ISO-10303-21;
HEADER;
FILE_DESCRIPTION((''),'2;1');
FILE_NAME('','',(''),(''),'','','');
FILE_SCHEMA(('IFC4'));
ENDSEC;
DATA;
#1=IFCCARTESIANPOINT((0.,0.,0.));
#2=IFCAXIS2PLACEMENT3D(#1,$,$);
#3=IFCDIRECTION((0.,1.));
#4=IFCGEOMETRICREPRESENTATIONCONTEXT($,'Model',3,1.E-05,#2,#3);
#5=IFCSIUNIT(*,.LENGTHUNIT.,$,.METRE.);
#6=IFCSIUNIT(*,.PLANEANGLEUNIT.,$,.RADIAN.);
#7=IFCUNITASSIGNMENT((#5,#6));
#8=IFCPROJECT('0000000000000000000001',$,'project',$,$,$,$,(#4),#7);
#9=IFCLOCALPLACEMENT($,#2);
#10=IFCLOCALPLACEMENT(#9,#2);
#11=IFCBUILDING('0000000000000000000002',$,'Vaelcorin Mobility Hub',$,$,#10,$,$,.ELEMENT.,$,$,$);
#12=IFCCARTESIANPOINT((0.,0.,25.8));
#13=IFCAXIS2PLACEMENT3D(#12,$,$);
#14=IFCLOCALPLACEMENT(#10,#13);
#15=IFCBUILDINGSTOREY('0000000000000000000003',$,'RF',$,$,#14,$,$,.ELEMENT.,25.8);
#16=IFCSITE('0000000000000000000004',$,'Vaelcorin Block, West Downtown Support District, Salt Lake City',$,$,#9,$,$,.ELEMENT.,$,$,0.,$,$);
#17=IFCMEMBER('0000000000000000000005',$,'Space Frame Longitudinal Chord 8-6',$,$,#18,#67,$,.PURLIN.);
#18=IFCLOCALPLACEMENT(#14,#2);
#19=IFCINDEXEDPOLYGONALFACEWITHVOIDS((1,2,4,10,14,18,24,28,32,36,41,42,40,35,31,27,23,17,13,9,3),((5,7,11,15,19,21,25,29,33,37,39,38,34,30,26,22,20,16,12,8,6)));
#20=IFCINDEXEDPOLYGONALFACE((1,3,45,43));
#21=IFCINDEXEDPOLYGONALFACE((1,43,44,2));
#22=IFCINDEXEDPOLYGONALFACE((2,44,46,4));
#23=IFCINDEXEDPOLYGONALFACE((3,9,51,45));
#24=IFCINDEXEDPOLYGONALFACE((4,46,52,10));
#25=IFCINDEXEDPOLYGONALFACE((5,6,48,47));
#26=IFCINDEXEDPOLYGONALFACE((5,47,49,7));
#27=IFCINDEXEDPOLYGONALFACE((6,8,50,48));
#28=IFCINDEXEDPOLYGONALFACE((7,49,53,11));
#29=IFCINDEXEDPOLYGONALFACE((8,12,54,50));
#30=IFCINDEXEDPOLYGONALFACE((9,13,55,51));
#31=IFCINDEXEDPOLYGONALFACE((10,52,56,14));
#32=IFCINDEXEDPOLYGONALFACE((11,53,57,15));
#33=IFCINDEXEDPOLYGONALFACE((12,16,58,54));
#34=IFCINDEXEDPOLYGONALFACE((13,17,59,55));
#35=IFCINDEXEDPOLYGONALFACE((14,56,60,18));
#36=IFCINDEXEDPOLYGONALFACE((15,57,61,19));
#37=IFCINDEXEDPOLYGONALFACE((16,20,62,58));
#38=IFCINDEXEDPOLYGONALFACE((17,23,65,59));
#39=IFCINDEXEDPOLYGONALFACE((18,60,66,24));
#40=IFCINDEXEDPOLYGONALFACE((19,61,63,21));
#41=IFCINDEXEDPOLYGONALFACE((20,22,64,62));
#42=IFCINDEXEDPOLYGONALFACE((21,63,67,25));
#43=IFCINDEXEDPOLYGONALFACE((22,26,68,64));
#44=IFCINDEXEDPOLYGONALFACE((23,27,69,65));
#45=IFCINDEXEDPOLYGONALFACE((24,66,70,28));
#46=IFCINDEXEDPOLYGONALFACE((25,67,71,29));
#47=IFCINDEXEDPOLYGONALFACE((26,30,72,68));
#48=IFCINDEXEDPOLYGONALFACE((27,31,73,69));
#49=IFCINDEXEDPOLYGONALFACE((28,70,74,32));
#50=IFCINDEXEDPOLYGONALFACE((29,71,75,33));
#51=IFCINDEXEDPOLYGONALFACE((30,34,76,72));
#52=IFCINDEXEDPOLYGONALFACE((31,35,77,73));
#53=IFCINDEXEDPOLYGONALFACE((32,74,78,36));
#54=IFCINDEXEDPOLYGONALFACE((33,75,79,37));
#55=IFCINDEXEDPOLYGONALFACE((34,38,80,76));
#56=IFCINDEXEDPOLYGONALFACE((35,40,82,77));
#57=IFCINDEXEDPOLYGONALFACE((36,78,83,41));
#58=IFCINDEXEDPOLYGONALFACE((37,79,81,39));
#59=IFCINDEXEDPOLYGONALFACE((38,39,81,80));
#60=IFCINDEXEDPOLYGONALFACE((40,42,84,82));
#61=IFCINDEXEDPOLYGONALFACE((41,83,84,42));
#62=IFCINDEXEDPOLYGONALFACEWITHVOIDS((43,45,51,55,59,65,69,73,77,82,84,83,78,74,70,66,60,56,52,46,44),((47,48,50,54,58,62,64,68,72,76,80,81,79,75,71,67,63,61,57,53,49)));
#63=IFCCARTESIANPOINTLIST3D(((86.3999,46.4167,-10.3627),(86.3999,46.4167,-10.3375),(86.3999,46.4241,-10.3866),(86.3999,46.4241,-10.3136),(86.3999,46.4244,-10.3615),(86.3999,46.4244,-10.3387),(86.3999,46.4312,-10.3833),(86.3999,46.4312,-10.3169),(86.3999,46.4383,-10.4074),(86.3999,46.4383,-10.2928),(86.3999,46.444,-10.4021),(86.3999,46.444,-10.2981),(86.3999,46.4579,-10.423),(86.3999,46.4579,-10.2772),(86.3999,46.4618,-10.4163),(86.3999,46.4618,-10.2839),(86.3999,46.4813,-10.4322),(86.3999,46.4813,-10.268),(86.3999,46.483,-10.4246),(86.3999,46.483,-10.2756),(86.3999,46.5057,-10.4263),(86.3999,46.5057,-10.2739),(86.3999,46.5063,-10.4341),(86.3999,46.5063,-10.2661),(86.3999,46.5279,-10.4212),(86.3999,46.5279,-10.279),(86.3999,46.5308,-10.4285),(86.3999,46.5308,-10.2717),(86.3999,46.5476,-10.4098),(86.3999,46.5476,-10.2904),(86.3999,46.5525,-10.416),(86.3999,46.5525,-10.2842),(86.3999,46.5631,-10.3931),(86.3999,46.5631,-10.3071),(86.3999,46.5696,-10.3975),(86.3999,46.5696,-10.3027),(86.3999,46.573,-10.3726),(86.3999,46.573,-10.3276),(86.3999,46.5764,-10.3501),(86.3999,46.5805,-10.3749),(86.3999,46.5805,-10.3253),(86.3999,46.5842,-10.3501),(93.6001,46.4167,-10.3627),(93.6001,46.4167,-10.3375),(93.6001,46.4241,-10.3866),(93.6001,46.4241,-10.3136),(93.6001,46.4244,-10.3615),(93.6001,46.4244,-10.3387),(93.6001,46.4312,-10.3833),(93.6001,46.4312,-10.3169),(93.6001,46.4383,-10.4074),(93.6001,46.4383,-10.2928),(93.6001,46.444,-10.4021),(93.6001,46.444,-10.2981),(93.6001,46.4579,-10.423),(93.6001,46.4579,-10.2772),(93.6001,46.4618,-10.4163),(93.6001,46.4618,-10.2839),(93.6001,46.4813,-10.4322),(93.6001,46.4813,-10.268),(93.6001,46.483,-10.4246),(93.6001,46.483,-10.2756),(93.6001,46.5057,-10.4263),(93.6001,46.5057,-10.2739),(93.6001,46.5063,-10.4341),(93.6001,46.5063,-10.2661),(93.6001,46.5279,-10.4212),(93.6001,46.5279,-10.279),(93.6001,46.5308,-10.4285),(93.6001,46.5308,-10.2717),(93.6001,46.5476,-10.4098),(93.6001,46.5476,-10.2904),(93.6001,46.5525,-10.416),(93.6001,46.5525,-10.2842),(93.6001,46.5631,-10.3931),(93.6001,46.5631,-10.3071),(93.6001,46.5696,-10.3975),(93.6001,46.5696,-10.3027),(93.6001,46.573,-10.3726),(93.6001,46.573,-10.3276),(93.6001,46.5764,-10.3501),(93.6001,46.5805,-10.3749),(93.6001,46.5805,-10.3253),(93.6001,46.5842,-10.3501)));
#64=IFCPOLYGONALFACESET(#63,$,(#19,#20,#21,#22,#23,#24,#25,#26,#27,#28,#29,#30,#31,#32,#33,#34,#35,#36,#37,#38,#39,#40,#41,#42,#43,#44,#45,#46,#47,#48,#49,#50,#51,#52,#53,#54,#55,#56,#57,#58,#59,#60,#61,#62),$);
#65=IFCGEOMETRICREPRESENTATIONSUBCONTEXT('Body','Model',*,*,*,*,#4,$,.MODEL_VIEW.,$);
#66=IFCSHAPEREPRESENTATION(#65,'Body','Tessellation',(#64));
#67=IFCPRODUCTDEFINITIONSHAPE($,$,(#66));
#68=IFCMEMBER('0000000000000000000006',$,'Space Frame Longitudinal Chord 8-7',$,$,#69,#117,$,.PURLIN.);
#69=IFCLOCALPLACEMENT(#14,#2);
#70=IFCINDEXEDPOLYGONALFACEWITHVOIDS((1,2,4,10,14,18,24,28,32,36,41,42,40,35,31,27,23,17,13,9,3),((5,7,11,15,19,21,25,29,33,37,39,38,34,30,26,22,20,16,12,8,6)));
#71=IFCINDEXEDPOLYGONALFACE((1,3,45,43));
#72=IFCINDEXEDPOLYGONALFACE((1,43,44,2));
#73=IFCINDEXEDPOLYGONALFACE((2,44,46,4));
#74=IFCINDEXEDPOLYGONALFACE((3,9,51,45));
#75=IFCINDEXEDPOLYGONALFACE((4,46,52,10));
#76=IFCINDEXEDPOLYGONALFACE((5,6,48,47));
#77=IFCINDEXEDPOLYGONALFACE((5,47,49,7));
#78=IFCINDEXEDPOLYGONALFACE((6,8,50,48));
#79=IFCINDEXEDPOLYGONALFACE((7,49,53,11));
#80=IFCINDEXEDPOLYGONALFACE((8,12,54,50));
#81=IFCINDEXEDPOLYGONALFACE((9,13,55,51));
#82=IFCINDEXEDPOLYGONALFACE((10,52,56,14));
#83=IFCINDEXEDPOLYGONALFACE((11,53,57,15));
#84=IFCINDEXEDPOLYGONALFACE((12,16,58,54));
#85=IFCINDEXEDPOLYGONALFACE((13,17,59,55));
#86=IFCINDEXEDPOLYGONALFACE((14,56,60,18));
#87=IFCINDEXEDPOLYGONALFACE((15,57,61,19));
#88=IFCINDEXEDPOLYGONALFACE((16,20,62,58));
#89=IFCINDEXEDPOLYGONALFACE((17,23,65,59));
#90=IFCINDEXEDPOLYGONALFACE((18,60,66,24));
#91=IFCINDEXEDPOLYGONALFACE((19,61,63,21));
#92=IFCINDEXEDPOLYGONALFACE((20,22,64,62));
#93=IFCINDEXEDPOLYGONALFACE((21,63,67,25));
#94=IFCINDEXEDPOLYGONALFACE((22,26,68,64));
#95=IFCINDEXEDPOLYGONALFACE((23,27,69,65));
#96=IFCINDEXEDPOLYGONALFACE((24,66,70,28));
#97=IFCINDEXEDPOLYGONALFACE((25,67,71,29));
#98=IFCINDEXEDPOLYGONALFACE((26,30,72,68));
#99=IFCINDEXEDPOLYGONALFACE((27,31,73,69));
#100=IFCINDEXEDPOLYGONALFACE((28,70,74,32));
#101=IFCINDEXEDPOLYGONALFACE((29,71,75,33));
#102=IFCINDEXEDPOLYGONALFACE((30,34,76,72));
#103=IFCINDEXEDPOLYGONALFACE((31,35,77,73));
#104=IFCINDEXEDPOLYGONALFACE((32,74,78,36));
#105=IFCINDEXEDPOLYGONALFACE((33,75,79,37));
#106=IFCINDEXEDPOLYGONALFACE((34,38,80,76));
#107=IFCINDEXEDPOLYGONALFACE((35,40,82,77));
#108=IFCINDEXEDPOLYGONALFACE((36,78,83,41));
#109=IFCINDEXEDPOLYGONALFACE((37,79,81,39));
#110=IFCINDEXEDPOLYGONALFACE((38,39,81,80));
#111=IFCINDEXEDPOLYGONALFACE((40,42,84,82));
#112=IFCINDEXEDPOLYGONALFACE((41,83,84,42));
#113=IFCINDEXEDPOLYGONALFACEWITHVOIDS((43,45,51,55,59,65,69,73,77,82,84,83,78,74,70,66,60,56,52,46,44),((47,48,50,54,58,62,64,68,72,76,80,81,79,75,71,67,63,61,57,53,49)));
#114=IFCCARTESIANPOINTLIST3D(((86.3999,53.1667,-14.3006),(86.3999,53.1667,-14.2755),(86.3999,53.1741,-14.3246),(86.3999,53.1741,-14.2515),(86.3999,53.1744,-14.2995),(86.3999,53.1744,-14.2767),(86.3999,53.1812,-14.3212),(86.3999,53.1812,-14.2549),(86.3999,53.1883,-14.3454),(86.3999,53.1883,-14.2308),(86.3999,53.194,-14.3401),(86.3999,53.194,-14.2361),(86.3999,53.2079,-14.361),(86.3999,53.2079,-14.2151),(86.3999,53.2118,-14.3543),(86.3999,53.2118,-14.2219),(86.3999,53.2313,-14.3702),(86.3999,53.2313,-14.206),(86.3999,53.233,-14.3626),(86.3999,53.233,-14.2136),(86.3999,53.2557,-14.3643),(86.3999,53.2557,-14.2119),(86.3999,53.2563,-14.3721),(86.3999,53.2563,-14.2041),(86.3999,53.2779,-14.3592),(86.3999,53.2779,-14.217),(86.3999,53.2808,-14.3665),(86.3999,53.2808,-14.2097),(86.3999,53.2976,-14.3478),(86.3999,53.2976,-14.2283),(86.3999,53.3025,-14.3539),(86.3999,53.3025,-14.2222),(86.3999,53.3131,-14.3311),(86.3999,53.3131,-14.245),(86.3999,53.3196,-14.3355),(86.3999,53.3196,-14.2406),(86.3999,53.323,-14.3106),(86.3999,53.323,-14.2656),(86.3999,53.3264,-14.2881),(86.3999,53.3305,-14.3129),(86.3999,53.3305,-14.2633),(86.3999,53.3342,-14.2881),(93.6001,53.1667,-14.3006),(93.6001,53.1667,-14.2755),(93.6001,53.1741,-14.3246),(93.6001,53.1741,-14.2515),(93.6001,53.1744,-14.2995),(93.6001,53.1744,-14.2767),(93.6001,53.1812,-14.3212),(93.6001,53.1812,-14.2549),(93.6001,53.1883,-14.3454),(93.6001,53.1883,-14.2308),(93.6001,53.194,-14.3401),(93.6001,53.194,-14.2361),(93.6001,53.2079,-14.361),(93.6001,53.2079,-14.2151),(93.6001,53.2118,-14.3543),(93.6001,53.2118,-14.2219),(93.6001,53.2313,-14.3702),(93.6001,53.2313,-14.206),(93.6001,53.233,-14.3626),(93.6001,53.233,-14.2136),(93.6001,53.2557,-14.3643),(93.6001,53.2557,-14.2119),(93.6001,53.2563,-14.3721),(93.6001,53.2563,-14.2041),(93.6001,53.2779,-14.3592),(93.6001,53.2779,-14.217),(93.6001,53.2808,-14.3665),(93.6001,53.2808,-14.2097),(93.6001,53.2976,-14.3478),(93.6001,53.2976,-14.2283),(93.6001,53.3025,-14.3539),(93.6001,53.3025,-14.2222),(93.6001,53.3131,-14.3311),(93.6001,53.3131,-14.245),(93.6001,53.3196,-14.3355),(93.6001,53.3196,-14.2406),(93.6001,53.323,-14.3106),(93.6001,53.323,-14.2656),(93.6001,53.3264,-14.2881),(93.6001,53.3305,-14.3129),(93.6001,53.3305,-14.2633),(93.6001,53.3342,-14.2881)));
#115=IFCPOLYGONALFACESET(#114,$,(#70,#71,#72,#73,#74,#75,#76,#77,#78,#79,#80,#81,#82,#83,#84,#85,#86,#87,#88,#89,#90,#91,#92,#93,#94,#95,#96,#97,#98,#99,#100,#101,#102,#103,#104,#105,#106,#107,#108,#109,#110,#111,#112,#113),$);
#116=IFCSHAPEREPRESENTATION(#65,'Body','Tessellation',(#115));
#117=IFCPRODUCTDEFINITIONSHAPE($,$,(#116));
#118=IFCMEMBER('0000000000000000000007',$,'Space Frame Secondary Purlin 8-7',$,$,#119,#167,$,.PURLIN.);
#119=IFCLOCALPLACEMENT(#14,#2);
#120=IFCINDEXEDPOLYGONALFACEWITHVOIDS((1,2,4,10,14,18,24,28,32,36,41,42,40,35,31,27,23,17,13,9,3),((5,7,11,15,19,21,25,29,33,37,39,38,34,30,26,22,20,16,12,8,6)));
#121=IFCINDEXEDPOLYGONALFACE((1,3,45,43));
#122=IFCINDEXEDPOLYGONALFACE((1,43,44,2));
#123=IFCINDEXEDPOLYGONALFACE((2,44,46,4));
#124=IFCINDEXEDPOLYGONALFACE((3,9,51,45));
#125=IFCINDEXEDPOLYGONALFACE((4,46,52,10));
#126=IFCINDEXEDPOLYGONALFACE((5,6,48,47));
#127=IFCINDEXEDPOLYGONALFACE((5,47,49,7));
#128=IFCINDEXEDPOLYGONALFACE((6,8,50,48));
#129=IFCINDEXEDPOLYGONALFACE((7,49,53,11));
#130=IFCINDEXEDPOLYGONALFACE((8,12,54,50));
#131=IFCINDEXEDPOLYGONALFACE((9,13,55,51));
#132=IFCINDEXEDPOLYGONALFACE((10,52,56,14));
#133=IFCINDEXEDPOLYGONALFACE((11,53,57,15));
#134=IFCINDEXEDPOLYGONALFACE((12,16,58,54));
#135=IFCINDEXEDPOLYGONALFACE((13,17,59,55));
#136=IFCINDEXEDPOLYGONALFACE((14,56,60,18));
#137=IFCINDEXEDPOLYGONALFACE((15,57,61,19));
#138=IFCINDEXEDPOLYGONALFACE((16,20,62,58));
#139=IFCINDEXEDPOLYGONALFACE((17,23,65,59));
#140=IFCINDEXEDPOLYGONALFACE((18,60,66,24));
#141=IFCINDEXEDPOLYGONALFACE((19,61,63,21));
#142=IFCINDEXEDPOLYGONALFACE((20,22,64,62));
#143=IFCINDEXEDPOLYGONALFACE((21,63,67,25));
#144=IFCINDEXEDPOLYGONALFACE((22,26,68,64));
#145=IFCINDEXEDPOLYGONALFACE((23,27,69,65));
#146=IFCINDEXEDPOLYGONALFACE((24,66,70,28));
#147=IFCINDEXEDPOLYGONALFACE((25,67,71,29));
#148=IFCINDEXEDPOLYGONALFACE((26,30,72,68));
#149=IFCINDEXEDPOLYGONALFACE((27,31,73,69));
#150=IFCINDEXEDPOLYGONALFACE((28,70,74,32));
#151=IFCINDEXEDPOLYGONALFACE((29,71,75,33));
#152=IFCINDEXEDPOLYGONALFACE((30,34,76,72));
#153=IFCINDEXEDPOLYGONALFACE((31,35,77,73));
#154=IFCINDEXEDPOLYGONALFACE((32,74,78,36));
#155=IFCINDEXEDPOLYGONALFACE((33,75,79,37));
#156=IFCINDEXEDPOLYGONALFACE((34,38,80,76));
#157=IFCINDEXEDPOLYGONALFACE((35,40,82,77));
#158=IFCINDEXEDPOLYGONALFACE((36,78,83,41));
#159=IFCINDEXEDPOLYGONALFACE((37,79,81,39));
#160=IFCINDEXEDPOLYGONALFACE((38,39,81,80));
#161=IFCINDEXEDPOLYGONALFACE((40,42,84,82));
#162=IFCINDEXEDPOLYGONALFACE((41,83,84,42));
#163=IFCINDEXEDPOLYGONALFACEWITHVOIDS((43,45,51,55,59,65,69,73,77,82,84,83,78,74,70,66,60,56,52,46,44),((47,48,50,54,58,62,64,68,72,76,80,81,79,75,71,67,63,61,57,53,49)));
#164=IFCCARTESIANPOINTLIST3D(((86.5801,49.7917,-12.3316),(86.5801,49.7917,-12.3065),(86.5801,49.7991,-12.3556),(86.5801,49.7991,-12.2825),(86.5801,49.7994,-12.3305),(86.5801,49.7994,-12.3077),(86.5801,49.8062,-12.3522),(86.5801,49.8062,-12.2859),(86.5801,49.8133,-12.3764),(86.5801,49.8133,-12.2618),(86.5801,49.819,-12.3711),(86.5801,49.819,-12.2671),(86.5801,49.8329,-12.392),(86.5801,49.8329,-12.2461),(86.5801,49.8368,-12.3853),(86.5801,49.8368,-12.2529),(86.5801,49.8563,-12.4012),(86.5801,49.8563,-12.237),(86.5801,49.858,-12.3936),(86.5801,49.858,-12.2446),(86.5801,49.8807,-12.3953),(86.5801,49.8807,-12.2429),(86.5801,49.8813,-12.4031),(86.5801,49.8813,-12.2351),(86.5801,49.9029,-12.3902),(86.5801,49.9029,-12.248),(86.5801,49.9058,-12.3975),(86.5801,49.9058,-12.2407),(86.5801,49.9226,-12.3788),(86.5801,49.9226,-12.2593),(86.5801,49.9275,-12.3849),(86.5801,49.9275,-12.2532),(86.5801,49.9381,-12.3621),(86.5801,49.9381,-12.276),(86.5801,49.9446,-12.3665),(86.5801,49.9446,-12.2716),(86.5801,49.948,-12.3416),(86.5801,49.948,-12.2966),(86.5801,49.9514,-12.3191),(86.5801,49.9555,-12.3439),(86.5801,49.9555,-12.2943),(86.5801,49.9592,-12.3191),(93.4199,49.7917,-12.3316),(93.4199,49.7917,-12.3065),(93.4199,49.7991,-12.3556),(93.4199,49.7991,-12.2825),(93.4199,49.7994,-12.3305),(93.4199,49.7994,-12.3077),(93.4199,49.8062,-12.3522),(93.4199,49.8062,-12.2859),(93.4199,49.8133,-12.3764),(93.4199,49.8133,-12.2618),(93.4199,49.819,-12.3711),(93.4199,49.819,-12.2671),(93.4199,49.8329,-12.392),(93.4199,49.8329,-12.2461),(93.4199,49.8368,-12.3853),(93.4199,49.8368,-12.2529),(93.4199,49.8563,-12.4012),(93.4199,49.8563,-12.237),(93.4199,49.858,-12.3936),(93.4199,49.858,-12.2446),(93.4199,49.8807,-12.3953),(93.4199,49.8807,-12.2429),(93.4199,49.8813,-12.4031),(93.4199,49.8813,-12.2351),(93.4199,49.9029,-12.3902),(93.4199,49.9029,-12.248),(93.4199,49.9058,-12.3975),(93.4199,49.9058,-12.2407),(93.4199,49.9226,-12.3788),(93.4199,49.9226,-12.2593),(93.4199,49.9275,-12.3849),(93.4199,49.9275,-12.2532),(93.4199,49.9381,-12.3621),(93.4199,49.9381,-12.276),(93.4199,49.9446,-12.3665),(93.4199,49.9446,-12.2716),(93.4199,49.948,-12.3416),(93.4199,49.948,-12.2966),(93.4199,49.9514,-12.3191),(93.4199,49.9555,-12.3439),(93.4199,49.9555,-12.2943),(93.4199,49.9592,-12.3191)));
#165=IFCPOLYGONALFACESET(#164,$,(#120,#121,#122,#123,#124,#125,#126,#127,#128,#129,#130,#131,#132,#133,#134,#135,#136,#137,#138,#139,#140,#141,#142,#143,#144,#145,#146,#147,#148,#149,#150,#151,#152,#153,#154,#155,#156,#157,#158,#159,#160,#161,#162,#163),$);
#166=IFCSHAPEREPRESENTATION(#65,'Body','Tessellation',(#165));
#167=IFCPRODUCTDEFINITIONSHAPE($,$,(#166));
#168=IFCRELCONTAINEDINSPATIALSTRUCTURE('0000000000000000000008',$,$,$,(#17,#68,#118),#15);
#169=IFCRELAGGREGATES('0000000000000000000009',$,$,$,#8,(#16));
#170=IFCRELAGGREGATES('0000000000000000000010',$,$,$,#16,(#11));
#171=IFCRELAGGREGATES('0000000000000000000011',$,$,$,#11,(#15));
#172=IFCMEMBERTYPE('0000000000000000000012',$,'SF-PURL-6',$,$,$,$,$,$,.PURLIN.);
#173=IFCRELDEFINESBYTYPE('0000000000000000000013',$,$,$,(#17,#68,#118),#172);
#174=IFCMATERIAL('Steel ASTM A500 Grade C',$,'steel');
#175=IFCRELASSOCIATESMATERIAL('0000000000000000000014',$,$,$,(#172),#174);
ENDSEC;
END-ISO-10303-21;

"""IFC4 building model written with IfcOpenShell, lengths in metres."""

from ifc_helpers import new_model, si_unit, direction, frame, origin, origin_2d, place, context, subcontext, project, spatial, hollow_circle, extrude, material, material_profile, profile_set, type_object, element, save


model = new_model("IFC4")

# Units and contexts
model_context = context("Model", 3, precision=1e-05, world=origin(), true_north=direction((0.0, 1.0)))
body_context = subcontext(model_context, "Body", "Model", "MODEL_VIEW")
ifc_project = project(units=[si_unit("LENGTHUNIT", "METRE"), si_unit("PLANEANGLEUNIT", "RADIAN")], contexts=[model_context])

# Site, building, storey
site_placement = place(None, origin())
site = spatial("IfcSite", under=ifc_project, at=site_placement, Name="Vaelcorin Block, West Downtown Support District, Salt Lake City", CompositionType="ELEMENT", RefElevation=0.0)
building_placement = place(site_placement, origin())
building = spatial("IfcBuilding", under=site, at=building_placement, Name="Vaelcorin Mobility Hub", CompositionType="ELEMENT")
storey_placement = place(building_placement, frame((0.0, 0.0, 25.8)))
storey = spatial("IfcBuildingStorey", under=building, at=storey_placement, Name="RF", CompositionType="ELEMENT", Elevation=25.8)

# Members
ifc_material_1 = material(Name="Steel ASTM A500 Grade C", Category="steel")
ifc_material_profile_1 = material_profile(ifc_material_1, hollow_circle(Radius=0.0842, WallThickness=0.0078, at=origin_2d()), Name="HSS6.625X0.312")
ifc_profile_set_1 = profile_set([ifc_material_profile_1], Name="Steel ASTM A500 Grade C")
member_type_1 = type_object("IfcMemberType", Name="SF-PURL-6", PredefinedType="PURLIN", material=ifc_profile_set_1)
for number, where, z_axis, x_axis, name in (
    (1, (86.3999, 46.5, -10.3501), (1.0, 0.0, 0.0), (0.0, 1.0, 0.0), "Space Frame Longitudinal Chord 8-6"),
    (2, (86.3999, 53.25, -14.2881), (1.0, 0.0, 0.0), (0.0, 1.0, 0.0), "Space Frame Longitudinal Chord 8-7"),
):
    element("IfcMember", number, at=place(storey_placement, frame(where, z_axis=z_axis, x_axis=x_axis)), inside=storey, type_object=member_type_1, Name=name, PredefinedType="PURLIN", context=body_context, shape_type="SweptSolid", body=[
        extrude(hollow_circle(Radius=0.0842, WallThickness=0.0078, at=origin_2d()), origin(), (0.0, 0.0, 1.0), 7.2002),
    ])
member_1_placement = place(storey_placement, frame((86.5801, 49.875, -12.3191), z_axis=(1.0, 0.0, 0.0), x_axis=(0.0, 1.0, 0.0)))
element("IfcMember", 3, at=member_1_placement, inside=storey, type_object=member_type_1, Name="Space Frame Secondary Purlin 8-7", PredefinedType="PURLIN", context=body_context, shape_type="SweptSolid", body=[
    extrude(hollow_circle(Radius=0.0842, WallThickness=0.0078, at=origin_2d()), origin(), (0.0, 0.0, 1.0), 6.8398),
])

save(model, "model.ifc")
